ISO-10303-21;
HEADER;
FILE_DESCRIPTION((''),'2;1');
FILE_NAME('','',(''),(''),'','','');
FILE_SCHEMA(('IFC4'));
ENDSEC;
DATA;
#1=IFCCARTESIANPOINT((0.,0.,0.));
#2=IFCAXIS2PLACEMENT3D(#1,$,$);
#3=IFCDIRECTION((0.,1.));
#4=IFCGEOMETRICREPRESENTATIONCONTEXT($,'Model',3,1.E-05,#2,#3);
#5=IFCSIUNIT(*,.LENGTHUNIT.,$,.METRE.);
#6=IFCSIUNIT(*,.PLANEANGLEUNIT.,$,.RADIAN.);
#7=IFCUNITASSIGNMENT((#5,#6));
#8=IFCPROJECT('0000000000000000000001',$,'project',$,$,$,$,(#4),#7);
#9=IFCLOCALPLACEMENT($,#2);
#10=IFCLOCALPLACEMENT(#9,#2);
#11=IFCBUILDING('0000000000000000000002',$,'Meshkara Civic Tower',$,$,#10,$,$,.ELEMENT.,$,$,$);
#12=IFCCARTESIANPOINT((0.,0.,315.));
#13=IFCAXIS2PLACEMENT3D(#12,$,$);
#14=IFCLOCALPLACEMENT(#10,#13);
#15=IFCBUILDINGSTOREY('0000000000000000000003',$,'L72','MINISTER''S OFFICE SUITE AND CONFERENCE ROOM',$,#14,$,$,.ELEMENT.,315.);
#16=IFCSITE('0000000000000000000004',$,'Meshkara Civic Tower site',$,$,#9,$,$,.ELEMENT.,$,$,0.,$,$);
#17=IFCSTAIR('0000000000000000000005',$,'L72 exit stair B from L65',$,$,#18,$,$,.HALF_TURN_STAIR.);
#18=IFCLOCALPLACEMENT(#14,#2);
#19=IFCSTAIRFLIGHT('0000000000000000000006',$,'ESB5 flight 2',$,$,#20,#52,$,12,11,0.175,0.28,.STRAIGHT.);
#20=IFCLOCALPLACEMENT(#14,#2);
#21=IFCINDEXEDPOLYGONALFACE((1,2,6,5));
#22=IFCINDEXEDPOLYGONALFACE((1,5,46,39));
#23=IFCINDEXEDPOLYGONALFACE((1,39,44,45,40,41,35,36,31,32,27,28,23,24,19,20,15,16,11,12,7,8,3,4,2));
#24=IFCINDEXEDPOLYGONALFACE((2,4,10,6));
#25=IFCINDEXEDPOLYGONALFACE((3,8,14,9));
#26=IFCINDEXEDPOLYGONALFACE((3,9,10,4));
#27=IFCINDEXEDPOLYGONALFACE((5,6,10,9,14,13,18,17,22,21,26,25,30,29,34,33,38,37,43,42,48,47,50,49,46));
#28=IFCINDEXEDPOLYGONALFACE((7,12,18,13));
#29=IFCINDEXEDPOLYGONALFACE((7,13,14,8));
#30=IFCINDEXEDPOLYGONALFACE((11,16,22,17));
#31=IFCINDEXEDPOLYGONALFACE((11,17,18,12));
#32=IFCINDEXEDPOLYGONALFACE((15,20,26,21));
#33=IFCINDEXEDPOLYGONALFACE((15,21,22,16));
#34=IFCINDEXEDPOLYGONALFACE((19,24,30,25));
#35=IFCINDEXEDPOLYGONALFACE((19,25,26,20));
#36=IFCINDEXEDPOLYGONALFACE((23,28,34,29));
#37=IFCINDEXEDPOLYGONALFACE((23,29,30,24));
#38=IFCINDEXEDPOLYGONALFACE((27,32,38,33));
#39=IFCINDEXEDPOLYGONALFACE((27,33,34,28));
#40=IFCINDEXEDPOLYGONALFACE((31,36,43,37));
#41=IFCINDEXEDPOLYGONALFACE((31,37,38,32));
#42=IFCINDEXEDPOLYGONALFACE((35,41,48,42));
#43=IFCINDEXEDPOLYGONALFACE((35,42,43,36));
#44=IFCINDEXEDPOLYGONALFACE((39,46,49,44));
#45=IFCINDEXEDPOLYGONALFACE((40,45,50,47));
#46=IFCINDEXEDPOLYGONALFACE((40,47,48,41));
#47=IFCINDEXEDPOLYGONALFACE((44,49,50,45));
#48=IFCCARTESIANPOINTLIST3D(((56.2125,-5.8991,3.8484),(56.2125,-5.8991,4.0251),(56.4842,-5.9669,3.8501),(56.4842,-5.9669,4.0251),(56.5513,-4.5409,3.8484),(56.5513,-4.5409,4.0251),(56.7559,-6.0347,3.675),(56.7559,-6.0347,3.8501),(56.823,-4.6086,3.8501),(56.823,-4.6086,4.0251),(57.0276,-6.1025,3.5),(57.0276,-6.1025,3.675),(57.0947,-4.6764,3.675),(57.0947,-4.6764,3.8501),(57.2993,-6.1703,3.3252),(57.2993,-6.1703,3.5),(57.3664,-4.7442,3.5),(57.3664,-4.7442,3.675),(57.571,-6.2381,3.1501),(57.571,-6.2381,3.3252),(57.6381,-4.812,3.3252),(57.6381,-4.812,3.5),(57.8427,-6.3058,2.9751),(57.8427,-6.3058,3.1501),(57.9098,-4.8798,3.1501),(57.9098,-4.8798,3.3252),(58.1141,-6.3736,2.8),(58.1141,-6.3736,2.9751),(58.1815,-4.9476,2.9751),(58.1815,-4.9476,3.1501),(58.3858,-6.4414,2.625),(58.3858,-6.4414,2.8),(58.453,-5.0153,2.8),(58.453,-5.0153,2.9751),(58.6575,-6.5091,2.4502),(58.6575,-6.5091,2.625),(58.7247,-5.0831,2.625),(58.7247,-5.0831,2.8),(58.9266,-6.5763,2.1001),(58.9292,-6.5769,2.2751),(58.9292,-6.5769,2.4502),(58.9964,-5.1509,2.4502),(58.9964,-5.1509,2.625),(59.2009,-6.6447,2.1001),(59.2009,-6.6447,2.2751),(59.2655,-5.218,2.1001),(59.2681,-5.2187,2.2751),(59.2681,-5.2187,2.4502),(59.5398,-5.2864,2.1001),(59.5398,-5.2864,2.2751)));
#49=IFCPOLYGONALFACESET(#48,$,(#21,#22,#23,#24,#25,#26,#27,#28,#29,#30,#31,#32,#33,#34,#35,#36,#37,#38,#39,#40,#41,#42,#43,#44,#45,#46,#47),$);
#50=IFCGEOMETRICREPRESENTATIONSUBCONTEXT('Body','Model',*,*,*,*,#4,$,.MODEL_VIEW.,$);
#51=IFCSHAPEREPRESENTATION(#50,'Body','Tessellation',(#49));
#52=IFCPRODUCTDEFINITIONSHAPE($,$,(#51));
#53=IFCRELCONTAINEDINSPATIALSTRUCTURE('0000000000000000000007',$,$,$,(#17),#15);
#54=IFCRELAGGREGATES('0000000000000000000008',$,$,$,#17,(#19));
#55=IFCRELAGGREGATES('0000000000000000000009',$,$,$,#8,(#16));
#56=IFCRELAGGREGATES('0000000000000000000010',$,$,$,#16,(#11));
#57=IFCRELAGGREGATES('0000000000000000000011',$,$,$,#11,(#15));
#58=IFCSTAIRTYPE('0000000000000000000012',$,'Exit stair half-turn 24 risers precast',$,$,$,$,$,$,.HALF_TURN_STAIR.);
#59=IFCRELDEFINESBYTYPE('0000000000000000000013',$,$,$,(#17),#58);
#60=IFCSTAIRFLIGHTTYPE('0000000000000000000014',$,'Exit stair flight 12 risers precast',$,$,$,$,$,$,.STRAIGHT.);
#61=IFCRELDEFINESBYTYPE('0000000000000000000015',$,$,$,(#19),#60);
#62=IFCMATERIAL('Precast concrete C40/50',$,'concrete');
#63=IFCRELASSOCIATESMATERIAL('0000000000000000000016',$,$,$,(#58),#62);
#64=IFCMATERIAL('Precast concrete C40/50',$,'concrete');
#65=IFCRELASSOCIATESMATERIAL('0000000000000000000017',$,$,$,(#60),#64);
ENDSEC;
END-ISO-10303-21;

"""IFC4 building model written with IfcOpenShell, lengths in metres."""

from ifc_helpers import new_model, si_unit, direction, frame, origin, place, context, subcontext, project, spatial, polyline, outline, extrude, material, type_object, element, aggregate, save


model = new_model("IFC4")

# Units and contexts
model_context = context("Model", 3, precision=1e-05, world=origin(), true_north=direction((0.0, 1.0)))
body_context = subcontext(model_context, "Body", "Model", "MODEL_VIEW")
ifc_project = project(units=[si_unit("LENGTHUNIT", "METRE"), si_unit("PLANEANGLEUNIT", "RADIAN")], contexts=[model_context])

# Site, building, storey
site_placement = place(None, origin())
site = spatial("IfcSite", under=ifc_project, at=site_placement, Name="Meshkara Civic Tower site", CompositionType="ELEMENT", RefElevation=0.0)
building_placement = place(site_placement, origin())
building = spatial("IfcBuilding", under=site, at=building_placement, Name="Meshkara Civic Tower", CompositionType="ELEMENT")
storey_placement = place(building_placement, frame((0.0, 0.0, 315.0)))
storey = spatial("IfcBuildingStorey", under=building, at=storey_placement, Name="L72", Description="MINISTER'S OFFICE SUITE AND CONFERENCE ROOM", CompositionType="ELEMENT", Elevation=315.0)

# Stair, stair flight
ifc_material_1 = material(Name="Precast concrete C40/50", Category="concrete")
stair_type = type_object("IfcStairType", Name="Exit stair half-turn 24 risers precast", PredefinedType="HALF_TURN_STAIR", material=ifc_material_1)
stair_placement = place(storey_placement, origin())
stair = element("IfcStair", 1, at=stair_placement, inside=storey, type_object=stair_type, Name="L72 exit stair B from L65", PredefinedType="HALF_TURN_STAIR")
ifc_material_2 = material(Name="Precast concrete C40/50", Category="concrete")
stair_flight_type = type_object("IfcStairFlightType", Name="Exit stair flight 12 risers precast", PredefinedType="STRAIGHT", material=ifc_material_2)
stair_flight_1_placement = place(storey_placement, frame((59.3704, -5.9656, 2.1001), z_axis=(0.0, 0.0, 1.0), x_axis=(-0.97026, 0.242065, 0.0)))
stair_flight_1 = element("IfcStairFlight", 2, at=stair_flight_1_placement, type_object=stair_flight_type, Name="ESB5 flight 2", NumberOfRisers=12, NumberOfTreads=11, PredefinedType="STRAIGHT", RiserHeight=0.175, TreadLength=0.28, context=body_context, shape_type="SweptSolid", body=[
    extrude(outline(polyline([(0.0, 0.0), (0.0, 0.175), (0.28, 0.175), (0.28, 0.3501), (0.5601, 0.3501), (0.5601, 0.5249), (0.8401, 0.5249), (0.8401, 0.7), (1.1201, 0.7), (1.1201, 0.875), (1.3999, 0.875), (1.3999, 1.05), (1.6799, 1.05), (1.6799, 1.2251), (1.96, 1.2251), (1.96, 1.3999), (2.24, 1.3999), (2.24, 1.575), (2.52, 1.575), (2.52, 1.75), (2.8, 1.75), (2.8, 1.925), (3.0801, 1.925), (3.0801, 2.1001), (3.0801, 1.7483), (0.2827, 0.0), (0.0, 0.0)])), frame((0.0, 0.7, 0.0), z_axis=(0.0, -1.0, 0.0), x_axis=(1.0, 0.0, 0.0)), (0.0, 0.0, 1.0), 1.3999),
])
aggregate(stair, [stair_flight_1])

save(model, "model.ifc")
